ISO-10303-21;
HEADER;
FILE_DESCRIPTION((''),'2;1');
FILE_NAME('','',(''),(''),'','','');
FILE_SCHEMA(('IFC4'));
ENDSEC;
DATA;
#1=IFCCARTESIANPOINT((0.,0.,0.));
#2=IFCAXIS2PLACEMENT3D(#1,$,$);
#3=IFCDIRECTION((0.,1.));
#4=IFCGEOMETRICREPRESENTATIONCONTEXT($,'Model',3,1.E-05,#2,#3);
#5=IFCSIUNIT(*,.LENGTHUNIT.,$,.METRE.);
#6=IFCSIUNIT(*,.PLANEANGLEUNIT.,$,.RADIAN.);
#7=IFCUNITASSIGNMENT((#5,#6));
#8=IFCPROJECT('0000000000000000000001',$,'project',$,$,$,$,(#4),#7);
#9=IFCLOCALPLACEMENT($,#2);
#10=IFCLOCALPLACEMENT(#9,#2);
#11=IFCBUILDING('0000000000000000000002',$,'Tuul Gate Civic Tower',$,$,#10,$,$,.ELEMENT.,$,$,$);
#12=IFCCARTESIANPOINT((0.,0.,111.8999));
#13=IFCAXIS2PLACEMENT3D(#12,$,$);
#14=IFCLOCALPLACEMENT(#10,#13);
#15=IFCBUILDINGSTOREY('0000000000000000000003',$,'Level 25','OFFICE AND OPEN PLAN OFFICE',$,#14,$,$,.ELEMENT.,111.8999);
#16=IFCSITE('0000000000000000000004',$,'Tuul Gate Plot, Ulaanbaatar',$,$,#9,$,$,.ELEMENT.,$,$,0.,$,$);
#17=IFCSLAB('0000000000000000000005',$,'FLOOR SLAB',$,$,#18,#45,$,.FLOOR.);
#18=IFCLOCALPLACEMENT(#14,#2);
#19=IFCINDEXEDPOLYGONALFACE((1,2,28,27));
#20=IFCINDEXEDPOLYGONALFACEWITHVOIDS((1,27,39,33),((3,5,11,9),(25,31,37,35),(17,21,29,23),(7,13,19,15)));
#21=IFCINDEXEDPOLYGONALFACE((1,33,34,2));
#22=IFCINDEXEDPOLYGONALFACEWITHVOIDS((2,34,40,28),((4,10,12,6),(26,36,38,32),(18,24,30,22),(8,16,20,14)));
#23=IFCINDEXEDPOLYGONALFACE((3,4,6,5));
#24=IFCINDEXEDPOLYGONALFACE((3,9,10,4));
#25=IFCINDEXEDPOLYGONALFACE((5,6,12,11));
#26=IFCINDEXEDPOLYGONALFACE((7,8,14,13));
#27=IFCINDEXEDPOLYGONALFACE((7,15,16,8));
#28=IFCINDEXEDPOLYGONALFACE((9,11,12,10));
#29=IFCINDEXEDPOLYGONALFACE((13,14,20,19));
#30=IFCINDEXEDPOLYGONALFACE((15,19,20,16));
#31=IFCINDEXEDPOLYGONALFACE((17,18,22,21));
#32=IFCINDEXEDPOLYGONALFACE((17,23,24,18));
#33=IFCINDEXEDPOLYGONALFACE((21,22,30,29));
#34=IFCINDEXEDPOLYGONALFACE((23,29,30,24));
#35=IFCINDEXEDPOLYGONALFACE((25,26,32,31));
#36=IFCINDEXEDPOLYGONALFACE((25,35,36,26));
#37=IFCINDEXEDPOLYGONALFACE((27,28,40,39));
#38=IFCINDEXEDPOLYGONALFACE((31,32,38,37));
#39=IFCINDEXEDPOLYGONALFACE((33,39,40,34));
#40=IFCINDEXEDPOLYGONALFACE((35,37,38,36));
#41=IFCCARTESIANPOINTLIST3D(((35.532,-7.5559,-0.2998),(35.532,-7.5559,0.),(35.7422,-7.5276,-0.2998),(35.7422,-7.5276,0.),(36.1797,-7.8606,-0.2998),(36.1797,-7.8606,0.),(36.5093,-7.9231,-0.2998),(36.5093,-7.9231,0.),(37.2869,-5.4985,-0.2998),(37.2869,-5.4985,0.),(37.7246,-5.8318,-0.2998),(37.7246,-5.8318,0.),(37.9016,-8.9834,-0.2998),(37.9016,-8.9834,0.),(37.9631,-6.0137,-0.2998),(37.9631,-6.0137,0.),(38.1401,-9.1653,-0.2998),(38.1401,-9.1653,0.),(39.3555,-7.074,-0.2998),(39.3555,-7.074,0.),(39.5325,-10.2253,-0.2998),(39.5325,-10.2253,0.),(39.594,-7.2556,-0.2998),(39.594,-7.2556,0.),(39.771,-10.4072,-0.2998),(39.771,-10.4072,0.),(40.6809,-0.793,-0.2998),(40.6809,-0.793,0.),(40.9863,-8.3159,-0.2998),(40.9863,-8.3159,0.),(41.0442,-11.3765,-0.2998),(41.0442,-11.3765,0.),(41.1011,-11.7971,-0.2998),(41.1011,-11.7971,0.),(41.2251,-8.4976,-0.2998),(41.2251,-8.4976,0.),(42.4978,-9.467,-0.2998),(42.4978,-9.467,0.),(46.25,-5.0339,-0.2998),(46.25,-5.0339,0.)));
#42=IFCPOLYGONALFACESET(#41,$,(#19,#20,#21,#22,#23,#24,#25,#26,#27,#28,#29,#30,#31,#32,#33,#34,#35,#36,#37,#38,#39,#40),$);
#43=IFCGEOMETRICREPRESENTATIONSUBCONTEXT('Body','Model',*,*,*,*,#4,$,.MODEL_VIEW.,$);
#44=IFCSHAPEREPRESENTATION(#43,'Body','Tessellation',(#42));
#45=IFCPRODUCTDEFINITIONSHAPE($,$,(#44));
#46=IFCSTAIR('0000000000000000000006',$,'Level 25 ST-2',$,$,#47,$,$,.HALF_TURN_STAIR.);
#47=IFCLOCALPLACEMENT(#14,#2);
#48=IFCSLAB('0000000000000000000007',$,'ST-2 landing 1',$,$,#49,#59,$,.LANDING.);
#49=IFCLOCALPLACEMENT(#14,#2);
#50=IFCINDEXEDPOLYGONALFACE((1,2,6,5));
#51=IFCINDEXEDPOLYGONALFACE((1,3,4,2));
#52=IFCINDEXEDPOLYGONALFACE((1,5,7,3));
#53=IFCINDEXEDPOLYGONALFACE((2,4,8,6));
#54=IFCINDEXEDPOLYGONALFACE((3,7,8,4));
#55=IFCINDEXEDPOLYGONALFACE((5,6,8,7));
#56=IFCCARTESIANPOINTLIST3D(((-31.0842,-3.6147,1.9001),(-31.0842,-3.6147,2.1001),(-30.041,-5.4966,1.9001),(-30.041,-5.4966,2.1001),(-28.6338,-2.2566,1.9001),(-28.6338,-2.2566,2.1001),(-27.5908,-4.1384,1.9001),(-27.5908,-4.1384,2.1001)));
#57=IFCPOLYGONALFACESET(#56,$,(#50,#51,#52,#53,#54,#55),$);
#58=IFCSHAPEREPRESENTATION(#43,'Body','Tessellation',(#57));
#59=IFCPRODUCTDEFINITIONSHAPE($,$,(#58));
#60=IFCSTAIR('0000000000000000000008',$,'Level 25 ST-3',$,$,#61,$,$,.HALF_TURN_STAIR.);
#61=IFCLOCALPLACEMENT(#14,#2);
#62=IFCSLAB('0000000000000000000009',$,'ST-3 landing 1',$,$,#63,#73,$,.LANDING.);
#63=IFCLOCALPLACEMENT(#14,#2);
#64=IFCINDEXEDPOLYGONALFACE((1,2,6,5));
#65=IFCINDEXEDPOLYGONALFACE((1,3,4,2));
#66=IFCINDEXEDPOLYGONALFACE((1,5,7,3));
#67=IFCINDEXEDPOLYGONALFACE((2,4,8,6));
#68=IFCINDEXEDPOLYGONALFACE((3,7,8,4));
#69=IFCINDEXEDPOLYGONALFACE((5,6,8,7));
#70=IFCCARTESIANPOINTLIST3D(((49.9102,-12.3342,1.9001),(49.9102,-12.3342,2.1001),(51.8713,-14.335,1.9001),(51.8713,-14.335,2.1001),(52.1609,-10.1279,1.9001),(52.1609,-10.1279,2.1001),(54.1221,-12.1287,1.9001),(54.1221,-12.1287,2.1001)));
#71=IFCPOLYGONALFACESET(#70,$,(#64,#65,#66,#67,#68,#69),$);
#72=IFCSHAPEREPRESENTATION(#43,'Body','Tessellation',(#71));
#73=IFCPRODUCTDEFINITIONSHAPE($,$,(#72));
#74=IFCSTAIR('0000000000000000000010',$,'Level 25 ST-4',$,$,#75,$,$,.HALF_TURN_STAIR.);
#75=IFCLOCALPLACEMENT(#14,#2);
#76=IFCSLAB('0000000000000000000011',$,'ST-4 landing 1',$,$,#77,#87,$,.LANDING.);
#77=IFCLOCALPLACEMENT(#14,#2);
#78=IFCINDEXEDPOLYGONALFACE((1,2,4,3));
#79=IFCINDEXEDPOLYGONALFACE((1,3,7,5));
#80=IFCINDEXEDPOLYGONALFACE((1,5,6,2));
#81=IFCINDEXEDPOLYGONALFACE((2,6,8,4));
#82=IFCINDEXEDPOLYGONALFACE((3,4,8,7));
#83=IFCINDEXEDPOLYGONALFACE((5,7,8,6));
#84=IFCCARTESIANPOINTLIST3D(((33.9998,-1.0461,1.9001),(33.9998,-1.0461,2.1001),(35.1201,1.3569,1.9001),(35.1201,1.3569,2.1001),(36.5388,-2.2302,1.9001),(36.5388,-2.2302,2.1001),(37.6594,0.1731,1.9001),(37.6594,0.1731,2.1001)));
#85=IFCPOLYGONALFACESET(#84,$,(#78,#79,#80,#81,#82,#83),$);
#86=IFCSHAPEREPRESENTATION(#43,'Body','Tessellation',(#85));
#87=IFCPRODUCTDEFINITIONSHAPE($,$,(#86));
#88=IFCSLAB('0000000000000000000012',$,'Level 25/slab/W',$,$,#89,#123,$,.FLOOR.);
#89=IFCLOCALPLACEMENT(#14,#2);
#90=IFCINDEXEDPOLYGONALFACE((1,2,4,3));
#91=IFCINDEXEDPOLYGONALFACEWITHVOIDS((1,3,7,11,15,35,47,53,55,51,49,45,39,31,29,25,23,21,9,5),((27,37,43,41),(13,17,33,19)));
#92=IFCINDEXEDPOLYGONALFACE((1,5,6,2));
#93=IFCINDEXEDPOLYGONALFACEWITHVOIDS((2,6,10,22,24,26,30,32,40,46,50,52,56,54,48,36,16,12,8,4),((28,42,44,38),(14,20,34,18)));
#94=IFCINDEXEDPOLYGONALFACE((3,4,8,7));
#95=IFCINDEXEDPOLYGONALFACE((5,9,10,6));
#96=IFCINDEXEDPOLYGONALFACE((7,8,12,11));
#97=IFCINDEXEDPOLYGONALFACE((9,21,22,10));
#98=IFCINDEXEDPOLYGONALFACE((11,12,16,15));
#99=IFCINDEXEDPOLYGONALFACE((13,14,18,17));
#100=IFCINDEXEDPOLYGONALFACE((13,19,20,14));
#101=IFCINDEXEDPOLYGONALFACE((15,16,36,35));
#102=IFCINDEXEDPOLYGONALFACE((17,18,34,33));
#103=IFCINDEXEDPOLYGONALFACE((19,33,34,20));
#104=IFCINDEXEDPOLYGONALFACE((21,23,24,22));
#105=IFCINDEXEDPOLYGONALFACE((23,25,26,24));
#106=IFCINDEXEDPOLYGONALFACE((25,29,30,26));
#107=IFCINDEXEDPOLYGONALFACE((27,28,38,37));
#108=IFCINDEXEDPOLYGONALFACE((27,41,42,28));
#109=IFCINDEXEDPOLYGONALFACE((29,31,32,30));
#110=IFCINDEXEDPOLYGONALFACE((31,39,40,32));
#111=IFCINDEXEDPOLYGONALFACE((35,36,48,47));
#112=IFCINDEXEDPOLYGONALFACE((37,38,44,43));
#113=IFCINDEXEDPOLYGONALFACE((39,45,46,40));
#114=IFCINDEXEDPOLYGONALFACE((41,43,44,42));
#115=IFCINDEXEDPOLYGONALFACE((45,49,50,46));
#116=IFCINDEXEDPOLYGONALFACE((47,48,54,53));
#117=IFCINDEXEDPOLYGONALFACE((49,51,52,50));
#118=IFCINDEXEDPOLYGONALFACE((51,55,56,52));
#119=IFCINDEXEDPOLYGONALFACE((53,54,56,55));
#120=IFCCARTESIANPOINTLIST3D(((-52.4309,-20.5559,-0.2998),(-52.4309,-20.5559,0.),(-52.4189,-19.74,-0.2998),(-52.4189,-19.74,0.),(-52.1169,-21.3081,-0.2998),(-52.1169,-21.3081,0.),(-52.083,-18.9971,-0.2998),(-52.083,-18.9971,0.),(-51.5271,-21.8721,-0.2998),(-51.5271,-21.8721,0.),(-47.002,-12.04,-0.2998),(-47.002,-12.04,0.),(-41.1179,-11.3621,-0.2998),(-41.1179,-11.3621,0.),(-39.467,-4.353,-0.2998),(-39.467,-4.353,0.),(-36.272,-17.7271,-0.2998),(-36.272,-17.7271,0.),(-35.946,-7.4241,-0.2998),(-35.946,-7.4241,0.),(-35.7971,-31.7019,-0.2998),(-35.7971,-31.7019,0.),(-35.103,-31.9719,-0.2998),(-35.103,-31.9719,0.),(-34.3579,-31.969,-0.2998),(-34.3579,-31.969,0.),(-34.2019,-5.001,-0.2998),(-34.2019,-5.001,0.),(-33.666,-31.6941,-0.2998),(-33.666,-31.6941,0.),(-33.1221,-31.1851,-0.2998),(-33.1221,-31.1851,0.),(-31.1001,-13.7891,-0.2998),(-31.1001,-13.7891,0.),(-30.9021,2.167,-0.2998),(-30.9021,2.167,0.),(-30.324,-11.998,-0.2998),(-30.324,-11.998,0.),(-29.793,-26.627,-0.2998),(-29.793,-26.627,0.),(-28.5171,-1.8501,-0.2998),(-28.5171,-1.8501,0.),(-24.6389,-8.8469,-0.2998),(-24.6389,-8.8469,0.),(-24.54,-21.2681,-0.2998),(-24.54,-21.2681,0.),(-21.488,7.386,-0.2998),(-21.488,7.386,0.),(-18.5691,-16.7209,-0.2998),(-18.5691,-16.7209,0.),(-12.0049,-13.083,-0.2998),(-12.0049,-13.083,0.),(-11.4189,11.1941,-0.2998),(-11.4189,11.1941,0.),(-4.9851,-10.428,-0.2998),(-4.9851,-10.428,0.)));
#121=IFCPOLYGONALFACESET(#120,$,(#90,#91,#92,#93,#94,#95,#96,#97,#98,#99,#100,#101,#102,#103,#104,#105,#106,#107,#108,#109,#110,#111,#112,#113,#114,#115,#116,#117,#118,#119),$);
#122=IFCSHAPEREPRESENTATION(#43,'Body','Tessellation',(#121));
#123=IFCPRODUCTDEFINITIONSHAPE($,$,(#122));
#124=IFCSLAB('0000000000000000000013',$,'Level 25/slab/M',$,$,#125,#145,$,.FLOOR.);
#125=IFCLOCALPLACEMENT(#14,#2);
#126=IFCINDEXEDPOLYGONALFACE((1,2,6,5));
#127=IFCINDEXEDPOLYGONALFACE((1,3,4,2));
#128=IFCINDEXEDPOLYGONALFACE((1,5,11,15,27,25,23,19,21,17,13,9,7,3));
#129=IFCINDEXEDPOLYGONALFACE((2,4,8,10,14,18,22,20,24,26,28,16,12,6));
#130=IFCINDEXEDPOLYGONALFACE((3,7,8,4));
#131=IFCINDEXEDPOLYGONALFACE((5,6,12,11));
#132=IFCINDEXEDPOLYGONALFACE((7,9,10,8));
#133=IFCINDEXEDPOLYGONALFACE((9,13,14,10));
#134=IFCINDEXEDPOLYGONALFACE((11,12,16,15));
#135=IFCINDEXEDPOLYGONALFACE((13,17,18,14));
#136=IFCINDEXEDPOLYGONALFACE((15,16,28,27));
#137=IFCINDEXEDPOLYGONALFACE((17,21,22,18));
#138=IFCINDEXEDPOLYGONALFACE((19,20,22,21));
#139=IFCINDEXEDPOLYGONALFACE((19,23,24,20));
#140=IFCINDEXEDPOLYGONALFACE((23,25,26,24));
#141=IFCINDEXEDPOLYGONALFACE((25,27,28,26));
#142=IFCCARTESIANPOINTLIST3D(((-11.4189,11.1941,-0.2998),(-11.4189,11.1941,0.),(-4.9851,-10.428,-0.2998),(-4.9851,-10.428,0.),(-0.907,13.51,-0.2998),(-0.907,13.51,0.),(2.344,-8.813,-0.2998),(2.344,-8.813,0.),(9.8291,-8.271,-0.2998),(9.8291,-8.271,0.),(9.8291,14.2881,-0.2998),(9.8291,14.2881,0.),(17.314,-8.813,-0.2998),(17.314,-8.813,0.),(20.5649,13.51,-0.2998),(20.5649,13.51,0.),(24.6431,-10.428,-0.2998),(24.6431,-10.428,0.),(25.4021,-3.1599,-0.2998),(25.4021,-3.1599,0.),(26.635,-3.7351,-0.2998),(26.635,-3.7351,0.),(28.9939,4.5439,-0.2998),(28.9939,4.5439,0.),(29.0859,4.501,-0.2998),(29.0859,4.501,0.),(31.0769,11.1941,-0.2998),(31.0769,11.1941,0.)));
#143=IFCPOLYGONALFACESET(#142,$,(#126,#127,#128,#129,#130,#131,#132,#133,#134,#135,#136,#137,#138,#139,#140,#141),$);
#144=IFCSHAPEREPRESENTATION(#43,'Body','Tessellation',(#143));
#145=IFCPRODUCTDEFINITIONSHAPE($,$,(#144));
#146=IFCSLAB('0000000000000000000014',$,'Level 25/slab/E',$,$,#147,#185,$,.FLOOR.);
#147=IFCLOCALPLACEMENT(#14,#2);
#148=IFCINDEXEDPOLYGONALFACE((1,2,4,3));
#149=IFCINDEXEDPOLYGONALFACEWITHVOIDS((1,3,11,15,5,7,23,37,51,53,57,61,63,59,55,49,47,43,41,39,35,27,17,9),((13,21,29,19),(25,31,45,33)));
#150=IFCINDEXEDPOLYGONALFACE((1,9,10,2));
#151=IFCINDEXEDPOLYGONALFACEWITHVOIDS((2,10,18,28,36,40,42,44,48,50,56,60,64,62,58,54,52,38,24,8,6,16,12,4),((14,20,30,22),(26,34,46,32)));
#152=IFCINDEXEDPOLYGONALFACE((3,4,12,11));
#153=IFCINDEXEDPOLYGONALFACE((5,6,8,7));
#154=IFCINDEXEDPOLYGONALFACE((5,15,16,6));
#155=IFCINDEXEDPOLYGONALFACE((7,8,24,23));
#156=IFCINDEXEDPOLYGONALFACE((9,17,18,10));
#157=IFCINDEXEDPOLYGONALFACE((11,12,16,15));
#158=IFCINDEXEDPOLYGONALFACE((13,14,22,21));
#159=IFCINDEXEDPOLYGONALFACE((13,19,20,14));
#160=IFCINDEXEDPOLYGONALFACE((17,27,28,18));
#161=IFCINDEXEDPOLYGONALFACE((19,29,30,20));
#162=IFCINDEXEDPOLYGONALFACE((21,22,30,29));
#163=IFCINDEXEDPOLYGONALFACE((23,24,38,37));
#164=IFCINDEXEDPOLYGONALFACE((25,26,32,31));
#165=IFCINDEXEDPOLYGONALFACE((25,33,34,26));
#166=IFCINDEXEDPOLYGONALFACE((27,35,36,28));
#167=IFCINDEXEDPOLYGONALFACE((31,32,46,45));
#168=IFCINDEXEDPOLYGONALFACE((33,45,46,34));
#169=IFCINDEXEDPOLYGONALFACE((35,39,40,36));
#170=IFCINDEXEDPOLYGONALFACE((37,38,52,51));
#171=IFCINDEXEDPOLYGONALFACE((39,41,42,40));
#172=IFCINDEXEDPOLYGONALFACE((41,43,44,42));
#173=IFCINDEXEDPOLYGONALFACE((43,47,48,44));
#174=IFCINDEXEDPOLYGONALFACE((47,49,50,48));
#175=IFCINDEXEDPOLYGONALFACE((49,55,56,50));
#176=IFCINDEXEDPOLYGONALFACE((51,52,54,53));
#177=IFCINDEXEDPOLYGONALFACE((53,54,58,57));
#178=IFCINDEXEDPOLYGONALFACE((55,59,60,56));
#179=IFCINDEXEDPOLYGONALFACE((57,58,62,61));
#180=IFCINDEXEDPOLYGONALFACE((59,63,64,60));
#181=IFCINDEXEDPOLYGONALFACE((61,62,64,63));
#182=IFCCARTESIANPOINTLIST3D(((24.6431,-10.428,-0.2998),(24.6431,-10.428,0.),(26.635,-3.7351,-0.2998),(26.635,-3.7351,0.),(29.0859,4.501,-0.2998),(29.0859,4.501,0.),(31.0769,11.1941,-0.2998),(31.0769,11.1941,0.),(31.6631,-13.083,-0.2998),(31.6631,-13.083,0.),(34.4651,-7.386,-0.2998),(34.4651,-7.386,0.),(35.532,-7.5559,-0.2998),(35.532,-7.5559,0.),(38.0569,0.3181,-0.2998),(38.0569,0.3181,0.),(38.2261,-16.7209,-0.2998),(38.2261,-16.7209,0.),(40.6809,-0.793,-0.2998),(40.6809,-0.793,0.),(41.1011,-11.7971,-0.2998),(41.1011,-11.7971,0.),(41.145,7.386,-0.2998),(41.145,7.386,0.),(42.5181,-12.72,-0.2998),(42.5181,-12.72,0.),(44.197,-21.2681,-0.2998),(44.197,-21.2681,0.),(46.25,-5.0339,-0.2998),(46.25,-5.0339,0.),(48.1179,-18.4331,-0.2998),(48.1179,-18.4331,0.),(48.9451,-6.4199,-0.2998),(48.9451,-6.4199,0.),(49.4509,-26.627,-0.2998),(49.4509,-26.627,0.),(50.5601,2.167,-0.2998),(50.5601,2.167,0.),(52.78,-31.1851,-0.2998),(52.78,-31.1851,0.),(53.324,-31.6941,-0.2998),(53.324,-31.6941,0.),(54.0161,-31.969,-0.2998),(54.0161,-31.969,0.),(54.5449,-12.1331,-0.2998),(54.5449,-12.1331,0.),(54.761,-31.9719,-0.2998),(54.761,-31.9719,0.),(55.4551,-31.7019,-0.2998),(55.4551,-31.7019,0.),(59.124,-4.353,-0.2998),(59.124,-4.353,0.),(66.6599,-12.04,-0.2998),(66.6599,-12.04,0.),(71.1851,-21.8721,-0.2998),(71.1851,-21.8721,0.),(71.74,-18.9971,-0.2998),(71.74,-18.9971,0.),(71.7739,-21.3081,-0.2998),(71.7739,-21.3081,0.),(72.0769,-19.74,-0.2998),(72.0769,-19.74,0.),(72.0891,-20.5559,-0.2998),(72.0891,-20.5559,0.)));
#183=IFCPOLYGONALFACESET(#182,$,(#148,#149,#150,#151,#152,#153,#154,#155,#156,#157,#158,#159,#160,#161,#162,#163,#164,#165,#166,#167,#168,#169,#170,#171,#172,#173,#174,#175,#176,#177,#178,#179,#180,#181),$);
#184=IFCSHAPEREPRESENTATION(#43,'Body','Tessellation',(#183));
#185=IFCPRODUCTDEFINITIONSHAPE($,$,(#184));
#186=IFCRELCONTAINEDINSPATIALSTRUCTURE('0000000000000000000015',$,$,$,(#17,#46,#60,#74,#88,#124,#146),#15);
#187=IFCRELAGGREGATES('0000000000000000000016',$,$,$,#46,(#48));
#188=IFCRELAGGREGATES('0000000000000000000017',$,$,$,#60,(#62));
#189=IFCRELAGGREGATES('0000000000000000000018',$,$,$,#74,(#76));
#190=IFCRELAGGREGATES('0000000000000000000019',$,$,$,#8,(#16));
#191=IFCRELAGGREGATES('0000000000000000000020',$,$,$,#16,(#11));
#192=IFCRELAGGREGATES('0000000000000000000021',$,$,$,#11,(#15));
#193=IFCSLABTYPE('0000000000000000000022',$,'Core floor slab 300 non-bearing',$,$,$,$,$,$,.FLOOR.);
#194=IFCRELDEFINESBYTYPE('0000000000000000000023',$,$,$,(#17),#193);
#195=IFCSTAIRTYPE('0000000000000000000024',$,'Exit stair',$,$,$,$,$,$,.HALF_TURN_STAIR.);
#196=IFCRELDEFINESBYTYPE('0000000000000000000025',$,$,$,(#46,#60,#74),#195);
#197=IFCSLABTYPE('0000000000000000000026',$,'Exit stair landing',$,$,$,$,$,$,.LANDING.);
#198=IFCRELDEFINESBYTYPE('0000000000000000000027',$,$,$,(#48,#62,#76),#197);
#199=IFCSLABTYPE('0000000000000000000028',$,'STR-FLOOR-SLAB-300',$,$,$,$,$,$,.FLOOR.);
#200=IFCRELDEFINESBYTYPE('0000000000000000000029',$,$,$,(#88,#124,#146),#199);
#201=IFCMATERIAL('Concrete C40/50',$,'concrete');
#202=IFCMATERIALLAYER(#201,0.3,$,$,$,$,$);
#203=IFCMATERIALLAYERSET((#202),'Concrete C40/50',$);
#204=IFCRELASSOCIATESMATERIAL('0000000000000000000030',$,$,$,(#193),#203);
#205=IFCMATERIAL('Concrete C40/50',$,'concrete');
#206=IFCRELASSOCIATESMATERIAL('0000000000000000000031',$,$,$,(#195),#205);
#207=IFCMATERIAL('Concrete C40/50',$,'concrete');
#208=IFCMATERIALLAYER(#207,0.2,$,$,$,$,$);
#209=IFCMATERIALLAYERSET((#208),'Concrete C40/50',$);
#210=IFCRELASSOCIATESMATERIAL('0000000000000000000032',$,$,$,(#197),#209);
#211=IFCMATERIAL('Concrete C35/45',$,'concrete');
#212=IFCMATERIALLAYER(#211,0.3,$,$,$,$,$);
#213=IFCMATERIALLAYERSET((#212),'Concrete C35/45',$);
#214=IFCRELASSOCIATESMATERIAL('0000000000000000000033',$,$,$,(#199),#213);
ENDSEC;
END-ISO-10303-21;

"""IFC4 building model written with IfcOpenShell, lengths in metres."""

from ifc_helpers import new_model, si_unit, direction, frame, origin, place, context, subcontext, project, spatial, polyline, outline, extrude, material, layer, layer_set, type_object, element, aggregate, save


model = new_model("IFC4")

# Units and contexts
model_context = context("Model", 3, precision=1e-05, world=origin(), true_north=direction((0.0, 1.0)))
body_context = subcontext(model_context, "Body", "Model", "MODEL_VIEW")
ifc_project = project(units=[si_unit("LENGTHUNIT", "METRE"), si_unit("PLANEANGLEUNIT", "RADIAN")], contexts=[model_context])

# Site, building, storey
site_placement = place(None, origin())
site = spatial("IfcSite", under=ifc_project, at=site_placement, Name="Tuul Gate Plot, Ulaanbaatar", CompositionType="ELEMENT", RefElevation=0.0)
building_placement = place(site_placement, origin())
building = spatial("IfcBuilding", under=site, at=building_placement, Name="Tuul Gate Civic Tower", CompositionType="ELEMENT")
storey_placement = place(building_placement, frame((0.0, 0.0, 111.8999)))
storey = spatial("IfcBuildingStorey", under=building, at=storey_placement, Name="Level 25", Description="OFFICE AND OPEN PLAN OFFICE", CompositionType="ELEMENT", Elevation=111.8999)

# Slab
ifc_material_1 = material(Name="Concrete C40/50", Category="concrete")
ifc_layer_1 = layer(ifc_material_1, 0.3)
ifc_layer_set_1 = layer_set([ifc_layer_1], Name="Concrete C40/50")
slab_type_1 = type_object("IfcSlabType", Name="Core floor slab 300 non-bearing", PredefinedType="FLOOR", material=ifc_layer_set_1)
slab_1_placement = place(storey_placement, frame((0.0, 0.0, -0.2998)))
element("IfcSlab", 1, at=slab_1_placement, inside=storey, type_object=slab_type_1, Name="FLOOR SLAB", PredefinedType="FLOOR", context=body_context, shape_type="SweptSolid", body=[
    extrude(outline(polyline([(41.1011, -11.7971), (46.25, -5.0339), (40.6809, -0.793), (35.532, -7.5559), (41.1011, -11.7971)]), holes=[polyline([(41.0442, -11.3765), (42.4978, -9.467), (41.2251, -8.4976), (39.771, -10.4072), (41.0442, -11.3765)]), polyline([(39.5325, -10.2253), (40.9863, -8.3159), (39.594, -7.2556), (38.1401, -9.1653), (39.5325, -10.2253)]), polyline([(37.9016, -8.9834), (39.3555, -7.074), (37.9631, -6.0137), (36.5093, -7.9231), (37.9016, -8.9834)]), polyline([(36.1797, -7.8606), (37.7246, -5.8318), (37.2869, -5.4985), (35.7422, -7.5276), (36.1797, -7.8606)])]), origin(), (0.0, 0.0, 1.0), 0.2998),
])

# Stairs, slabs
ifc_material_2 = material(Name="Concrete C40/50", Category="concrete")
stair_type = type_object("IfcStairType", Name="Exit stair", PredefinedType="HALF_TURN_STAIR", material=ifc_material_2)
stair_1_placement = place(storey_placement, origin())
stair_1 = element("IfcStair", 2, at=stair_1_placement, inside=storey, type_object=stair_type, Name="Level 25 ST-2", PredefinedType="HALF_TURN_STAIR")
ifc_material_3 = material(Name="Concrete C40/50", Category="concrete")
ifc_layer_2 = layer(ifc_material_3, 0.2)
ifc_layer_set_2 = layer_set([ifc_layer_2], Name="Concrete C40/50")
slab_type_2 = type_object("IfcSlabType", Name="Exit stair landing", PredefinedType="LANDING", material=ifc_layer_set_2)
slab_2_placement = place(storey_placement, frame((0.0, 0.0, 1.9001)))
slab_2 = element("IfcSlab", 3, at=slab_2_placement, type_object=slab_type_2, Name="ST-2 landing 1", PredefinedType="LANDING", context=body_context, shape_type="SweptSolid", body=[
    extrude(outline(polyline([(-27.5908, -4.1384), (-30.041, -5.4966), (-31.0842, -3.6147), (-28.6338, -2.2566), (-27.5908, -4.1384)])), origin(), (0.0, 0.0, 1.0), 0.2),
])
aggregate(stair_1, [slab_2])
stair_2_placement = place(storey_placement, origin())
stair_2 = element("IfcStair", 4, at=stair_2_placement, inside=storey, type_object=stair_type, Name="Level 25 ST-3", PredefinedType="HALF_TURN_STAIR")
slab_3_placement = place(storey_placement, frame((0.0, 0.0, 1.9001)))
slab_3 = element("IfcSlab", 5, at=slab_3_placement, type_object=slab_type_2, Name="ST-3 landing 1", PredefinedType="LANDING", context=body_context, shape_type="SweptSolid", body=[
    extrude(outline(polyline([(51.8713, -14.335), (49.9102, -12.3342), (52.1609, -10.1279), (54.1221, -12.1287), (51.8713, -14.335)])), origin(), (0.0, 0.0, 1.0), 0.2),
])
aggregate(stair_2, [slab_3])
stair_3_placement = place(storey_placement, origin())
stair_3 = element("IfcStair", 6, at=stair_3_placement, inside=storey, type_object=stair_type, Name="Level 25 ST-4", PredefinedType="HALF_TURN_STAIR")
slab_4_placement = place(storey_placement, frame((0.0, 0.0, 1.9001)))
slab_4 = element("IfcSlab", 7, at=slab_4_placement, type_object=slab_type_2, Name="ST-4 landing 1", PredefinedType="LANDING", context=body_context, shape_type="SweptSolid", body=[
    extrude(outline(polyline([(36.5388, -2.2302), (33.9998, -1.0461), (35.1201, 1.3569), (37.6594, 0.1731), (36.5388, -2.2302)])), origin(), (0.0, 0.0, 1.0), 0.2),
])
aggregate(stair_3, [slab_4])

# Slabs
ifc_material_4 = material(Name="Concrete C35/45", Category="concrete")
ifc_layer_3 = layer(ifc_material_4, 0.3)
ifc_layer_set_3 = layer_set([ifc_layer_3], Name="Concrete C35/45")
slab_type_3 = type_object("IfcSlabType", Name="STR-FLOOR-SLAB-300", PredefinedType="FLOOR", material=ifc_layer_set_3)
slab_5_placement = place(storey_placement, frame((0.0, 0.0, -0.2998)))
element("IfcSlab", 8, at=slab_5_placement, inside=storey, type_object=slab_type_3, Name="Level 25/slab/W", PredefinedType="FLOOR", context=body_context, shape_type="SweptSolid", body=[
    extrude(outline(polyline([(-12.0049, -13.083), (-4.9851, -10.428), (-11.4189, 11.1941), (-21.488, 7.386), (-30.9021, 2.167), (-39.467, -4.353), (-47.002, -12.04), (-52.083, -18.9971), (-52.4189, -19.74), (-52.4309, -20.5559), (-52.1169, -21.3081), (-51.5271, -21.8721), (-35.7971, -31.7019), (-35.103, -31.9719), (-34.3579, -31.969), (-33.666, -31.6941), (-33.1221, -31.1851), (-29.793, -26.627), (-24.54, -21.2681), (-18.5691, -16.7209), (-12.0049, -13.083)]), holes=[polyline([(-31.1001, -13.7891), (-36.272, -17.7271), (-41.1179, -11.3621), (-35.946, -7.4241), (-31.1001, -13.7891)]), polyline([(-24.6389, -8.8469), (-30.324, -11.998), (-34.2019, -5.001), (-28.5171, -1.8501), (-24.6389, -8.8469)])]), origin(), (0.0, 0.0, 1.0), 0.2998),
])
slab_6_placement = place(storey_placement, frame((0.0, 0.0, -0.2998)))
element("IfcSlab", 9, at=slab_6_placement, inside=storey, type_object=slab_type_3, Name="Level 25/slab/M", PredefinedType="FLOOR", context=body_context, shape_type="SweptSolid", body=[
    extrude(outline(polyline([(24.6431, -10.428), (26.635, -3.7351), (25.4021, -3.1599), (28.9939, 4.5439), (29.0859, 4.501), (31.0769, 11.1941), (20.5649, 13.51), (9.8291, 14.2881), (-0.907, 13.51), (-11.4189, 11.1941), (-4.9851, -10.428), (2.344, -8.813), (9.8291, -8.271), (17.314, -8.813), (24.6431, -10.428)])), origin(), (0.0, 0.0, 1.0), 0.2998),
])
slab_7_placement = place(storey_placement, frame((0.0, 0.0, -0.2998)))
element("IfcSlab", 10, at=slab_7_placement, inside=storey, type_object=slab_type_3, Name="Level 25/slab/E", PredefinedType="FLOOR", context=body_context, shape_type="SweptSolid", body=[
    extrude(outline(polyline([(54.761, -31.9719), (55.4551, -31.7019), (71.1851, -21.8721), (71.7739, -21.3081), (72.0891, -20.5559), (72.0769, -19.74), (71.74, -18.9971), (66.6599, -12.04), (59.124, -4.353), (50.5601, 2.167), (41.145, 7.386), (31.0769, 11.1941), (29.0859, 4.501), (38.0569, 0.3181), (34.4651, -7.386), (26.635, -3.7351), (24.6431, -10.428), (31.6631, -13.083), (38.2261, -16.7209), (44.197, -21.2681), (49.4509, -26.627), (52.78, -31.1851), (53.324, -31.6941), (54.0161, -31.969), (54.761, -31.9719)]), holes=[polyline([(48.1179, -18.4331), (42.5181, -12.72), (48.9451, -6.4199), (54.5449, -12.1331), (48.1179, -18.4331)]), polyline([(35.532, -7.5559), (40.6809, -0.793), (46.25, -5.0339), (41.1011, -11.7971), (35.532, -7.5559)])]), origin(), (0.0, 0.0, 1.0), 0.2998),
])

save(model, "model.ifc")
